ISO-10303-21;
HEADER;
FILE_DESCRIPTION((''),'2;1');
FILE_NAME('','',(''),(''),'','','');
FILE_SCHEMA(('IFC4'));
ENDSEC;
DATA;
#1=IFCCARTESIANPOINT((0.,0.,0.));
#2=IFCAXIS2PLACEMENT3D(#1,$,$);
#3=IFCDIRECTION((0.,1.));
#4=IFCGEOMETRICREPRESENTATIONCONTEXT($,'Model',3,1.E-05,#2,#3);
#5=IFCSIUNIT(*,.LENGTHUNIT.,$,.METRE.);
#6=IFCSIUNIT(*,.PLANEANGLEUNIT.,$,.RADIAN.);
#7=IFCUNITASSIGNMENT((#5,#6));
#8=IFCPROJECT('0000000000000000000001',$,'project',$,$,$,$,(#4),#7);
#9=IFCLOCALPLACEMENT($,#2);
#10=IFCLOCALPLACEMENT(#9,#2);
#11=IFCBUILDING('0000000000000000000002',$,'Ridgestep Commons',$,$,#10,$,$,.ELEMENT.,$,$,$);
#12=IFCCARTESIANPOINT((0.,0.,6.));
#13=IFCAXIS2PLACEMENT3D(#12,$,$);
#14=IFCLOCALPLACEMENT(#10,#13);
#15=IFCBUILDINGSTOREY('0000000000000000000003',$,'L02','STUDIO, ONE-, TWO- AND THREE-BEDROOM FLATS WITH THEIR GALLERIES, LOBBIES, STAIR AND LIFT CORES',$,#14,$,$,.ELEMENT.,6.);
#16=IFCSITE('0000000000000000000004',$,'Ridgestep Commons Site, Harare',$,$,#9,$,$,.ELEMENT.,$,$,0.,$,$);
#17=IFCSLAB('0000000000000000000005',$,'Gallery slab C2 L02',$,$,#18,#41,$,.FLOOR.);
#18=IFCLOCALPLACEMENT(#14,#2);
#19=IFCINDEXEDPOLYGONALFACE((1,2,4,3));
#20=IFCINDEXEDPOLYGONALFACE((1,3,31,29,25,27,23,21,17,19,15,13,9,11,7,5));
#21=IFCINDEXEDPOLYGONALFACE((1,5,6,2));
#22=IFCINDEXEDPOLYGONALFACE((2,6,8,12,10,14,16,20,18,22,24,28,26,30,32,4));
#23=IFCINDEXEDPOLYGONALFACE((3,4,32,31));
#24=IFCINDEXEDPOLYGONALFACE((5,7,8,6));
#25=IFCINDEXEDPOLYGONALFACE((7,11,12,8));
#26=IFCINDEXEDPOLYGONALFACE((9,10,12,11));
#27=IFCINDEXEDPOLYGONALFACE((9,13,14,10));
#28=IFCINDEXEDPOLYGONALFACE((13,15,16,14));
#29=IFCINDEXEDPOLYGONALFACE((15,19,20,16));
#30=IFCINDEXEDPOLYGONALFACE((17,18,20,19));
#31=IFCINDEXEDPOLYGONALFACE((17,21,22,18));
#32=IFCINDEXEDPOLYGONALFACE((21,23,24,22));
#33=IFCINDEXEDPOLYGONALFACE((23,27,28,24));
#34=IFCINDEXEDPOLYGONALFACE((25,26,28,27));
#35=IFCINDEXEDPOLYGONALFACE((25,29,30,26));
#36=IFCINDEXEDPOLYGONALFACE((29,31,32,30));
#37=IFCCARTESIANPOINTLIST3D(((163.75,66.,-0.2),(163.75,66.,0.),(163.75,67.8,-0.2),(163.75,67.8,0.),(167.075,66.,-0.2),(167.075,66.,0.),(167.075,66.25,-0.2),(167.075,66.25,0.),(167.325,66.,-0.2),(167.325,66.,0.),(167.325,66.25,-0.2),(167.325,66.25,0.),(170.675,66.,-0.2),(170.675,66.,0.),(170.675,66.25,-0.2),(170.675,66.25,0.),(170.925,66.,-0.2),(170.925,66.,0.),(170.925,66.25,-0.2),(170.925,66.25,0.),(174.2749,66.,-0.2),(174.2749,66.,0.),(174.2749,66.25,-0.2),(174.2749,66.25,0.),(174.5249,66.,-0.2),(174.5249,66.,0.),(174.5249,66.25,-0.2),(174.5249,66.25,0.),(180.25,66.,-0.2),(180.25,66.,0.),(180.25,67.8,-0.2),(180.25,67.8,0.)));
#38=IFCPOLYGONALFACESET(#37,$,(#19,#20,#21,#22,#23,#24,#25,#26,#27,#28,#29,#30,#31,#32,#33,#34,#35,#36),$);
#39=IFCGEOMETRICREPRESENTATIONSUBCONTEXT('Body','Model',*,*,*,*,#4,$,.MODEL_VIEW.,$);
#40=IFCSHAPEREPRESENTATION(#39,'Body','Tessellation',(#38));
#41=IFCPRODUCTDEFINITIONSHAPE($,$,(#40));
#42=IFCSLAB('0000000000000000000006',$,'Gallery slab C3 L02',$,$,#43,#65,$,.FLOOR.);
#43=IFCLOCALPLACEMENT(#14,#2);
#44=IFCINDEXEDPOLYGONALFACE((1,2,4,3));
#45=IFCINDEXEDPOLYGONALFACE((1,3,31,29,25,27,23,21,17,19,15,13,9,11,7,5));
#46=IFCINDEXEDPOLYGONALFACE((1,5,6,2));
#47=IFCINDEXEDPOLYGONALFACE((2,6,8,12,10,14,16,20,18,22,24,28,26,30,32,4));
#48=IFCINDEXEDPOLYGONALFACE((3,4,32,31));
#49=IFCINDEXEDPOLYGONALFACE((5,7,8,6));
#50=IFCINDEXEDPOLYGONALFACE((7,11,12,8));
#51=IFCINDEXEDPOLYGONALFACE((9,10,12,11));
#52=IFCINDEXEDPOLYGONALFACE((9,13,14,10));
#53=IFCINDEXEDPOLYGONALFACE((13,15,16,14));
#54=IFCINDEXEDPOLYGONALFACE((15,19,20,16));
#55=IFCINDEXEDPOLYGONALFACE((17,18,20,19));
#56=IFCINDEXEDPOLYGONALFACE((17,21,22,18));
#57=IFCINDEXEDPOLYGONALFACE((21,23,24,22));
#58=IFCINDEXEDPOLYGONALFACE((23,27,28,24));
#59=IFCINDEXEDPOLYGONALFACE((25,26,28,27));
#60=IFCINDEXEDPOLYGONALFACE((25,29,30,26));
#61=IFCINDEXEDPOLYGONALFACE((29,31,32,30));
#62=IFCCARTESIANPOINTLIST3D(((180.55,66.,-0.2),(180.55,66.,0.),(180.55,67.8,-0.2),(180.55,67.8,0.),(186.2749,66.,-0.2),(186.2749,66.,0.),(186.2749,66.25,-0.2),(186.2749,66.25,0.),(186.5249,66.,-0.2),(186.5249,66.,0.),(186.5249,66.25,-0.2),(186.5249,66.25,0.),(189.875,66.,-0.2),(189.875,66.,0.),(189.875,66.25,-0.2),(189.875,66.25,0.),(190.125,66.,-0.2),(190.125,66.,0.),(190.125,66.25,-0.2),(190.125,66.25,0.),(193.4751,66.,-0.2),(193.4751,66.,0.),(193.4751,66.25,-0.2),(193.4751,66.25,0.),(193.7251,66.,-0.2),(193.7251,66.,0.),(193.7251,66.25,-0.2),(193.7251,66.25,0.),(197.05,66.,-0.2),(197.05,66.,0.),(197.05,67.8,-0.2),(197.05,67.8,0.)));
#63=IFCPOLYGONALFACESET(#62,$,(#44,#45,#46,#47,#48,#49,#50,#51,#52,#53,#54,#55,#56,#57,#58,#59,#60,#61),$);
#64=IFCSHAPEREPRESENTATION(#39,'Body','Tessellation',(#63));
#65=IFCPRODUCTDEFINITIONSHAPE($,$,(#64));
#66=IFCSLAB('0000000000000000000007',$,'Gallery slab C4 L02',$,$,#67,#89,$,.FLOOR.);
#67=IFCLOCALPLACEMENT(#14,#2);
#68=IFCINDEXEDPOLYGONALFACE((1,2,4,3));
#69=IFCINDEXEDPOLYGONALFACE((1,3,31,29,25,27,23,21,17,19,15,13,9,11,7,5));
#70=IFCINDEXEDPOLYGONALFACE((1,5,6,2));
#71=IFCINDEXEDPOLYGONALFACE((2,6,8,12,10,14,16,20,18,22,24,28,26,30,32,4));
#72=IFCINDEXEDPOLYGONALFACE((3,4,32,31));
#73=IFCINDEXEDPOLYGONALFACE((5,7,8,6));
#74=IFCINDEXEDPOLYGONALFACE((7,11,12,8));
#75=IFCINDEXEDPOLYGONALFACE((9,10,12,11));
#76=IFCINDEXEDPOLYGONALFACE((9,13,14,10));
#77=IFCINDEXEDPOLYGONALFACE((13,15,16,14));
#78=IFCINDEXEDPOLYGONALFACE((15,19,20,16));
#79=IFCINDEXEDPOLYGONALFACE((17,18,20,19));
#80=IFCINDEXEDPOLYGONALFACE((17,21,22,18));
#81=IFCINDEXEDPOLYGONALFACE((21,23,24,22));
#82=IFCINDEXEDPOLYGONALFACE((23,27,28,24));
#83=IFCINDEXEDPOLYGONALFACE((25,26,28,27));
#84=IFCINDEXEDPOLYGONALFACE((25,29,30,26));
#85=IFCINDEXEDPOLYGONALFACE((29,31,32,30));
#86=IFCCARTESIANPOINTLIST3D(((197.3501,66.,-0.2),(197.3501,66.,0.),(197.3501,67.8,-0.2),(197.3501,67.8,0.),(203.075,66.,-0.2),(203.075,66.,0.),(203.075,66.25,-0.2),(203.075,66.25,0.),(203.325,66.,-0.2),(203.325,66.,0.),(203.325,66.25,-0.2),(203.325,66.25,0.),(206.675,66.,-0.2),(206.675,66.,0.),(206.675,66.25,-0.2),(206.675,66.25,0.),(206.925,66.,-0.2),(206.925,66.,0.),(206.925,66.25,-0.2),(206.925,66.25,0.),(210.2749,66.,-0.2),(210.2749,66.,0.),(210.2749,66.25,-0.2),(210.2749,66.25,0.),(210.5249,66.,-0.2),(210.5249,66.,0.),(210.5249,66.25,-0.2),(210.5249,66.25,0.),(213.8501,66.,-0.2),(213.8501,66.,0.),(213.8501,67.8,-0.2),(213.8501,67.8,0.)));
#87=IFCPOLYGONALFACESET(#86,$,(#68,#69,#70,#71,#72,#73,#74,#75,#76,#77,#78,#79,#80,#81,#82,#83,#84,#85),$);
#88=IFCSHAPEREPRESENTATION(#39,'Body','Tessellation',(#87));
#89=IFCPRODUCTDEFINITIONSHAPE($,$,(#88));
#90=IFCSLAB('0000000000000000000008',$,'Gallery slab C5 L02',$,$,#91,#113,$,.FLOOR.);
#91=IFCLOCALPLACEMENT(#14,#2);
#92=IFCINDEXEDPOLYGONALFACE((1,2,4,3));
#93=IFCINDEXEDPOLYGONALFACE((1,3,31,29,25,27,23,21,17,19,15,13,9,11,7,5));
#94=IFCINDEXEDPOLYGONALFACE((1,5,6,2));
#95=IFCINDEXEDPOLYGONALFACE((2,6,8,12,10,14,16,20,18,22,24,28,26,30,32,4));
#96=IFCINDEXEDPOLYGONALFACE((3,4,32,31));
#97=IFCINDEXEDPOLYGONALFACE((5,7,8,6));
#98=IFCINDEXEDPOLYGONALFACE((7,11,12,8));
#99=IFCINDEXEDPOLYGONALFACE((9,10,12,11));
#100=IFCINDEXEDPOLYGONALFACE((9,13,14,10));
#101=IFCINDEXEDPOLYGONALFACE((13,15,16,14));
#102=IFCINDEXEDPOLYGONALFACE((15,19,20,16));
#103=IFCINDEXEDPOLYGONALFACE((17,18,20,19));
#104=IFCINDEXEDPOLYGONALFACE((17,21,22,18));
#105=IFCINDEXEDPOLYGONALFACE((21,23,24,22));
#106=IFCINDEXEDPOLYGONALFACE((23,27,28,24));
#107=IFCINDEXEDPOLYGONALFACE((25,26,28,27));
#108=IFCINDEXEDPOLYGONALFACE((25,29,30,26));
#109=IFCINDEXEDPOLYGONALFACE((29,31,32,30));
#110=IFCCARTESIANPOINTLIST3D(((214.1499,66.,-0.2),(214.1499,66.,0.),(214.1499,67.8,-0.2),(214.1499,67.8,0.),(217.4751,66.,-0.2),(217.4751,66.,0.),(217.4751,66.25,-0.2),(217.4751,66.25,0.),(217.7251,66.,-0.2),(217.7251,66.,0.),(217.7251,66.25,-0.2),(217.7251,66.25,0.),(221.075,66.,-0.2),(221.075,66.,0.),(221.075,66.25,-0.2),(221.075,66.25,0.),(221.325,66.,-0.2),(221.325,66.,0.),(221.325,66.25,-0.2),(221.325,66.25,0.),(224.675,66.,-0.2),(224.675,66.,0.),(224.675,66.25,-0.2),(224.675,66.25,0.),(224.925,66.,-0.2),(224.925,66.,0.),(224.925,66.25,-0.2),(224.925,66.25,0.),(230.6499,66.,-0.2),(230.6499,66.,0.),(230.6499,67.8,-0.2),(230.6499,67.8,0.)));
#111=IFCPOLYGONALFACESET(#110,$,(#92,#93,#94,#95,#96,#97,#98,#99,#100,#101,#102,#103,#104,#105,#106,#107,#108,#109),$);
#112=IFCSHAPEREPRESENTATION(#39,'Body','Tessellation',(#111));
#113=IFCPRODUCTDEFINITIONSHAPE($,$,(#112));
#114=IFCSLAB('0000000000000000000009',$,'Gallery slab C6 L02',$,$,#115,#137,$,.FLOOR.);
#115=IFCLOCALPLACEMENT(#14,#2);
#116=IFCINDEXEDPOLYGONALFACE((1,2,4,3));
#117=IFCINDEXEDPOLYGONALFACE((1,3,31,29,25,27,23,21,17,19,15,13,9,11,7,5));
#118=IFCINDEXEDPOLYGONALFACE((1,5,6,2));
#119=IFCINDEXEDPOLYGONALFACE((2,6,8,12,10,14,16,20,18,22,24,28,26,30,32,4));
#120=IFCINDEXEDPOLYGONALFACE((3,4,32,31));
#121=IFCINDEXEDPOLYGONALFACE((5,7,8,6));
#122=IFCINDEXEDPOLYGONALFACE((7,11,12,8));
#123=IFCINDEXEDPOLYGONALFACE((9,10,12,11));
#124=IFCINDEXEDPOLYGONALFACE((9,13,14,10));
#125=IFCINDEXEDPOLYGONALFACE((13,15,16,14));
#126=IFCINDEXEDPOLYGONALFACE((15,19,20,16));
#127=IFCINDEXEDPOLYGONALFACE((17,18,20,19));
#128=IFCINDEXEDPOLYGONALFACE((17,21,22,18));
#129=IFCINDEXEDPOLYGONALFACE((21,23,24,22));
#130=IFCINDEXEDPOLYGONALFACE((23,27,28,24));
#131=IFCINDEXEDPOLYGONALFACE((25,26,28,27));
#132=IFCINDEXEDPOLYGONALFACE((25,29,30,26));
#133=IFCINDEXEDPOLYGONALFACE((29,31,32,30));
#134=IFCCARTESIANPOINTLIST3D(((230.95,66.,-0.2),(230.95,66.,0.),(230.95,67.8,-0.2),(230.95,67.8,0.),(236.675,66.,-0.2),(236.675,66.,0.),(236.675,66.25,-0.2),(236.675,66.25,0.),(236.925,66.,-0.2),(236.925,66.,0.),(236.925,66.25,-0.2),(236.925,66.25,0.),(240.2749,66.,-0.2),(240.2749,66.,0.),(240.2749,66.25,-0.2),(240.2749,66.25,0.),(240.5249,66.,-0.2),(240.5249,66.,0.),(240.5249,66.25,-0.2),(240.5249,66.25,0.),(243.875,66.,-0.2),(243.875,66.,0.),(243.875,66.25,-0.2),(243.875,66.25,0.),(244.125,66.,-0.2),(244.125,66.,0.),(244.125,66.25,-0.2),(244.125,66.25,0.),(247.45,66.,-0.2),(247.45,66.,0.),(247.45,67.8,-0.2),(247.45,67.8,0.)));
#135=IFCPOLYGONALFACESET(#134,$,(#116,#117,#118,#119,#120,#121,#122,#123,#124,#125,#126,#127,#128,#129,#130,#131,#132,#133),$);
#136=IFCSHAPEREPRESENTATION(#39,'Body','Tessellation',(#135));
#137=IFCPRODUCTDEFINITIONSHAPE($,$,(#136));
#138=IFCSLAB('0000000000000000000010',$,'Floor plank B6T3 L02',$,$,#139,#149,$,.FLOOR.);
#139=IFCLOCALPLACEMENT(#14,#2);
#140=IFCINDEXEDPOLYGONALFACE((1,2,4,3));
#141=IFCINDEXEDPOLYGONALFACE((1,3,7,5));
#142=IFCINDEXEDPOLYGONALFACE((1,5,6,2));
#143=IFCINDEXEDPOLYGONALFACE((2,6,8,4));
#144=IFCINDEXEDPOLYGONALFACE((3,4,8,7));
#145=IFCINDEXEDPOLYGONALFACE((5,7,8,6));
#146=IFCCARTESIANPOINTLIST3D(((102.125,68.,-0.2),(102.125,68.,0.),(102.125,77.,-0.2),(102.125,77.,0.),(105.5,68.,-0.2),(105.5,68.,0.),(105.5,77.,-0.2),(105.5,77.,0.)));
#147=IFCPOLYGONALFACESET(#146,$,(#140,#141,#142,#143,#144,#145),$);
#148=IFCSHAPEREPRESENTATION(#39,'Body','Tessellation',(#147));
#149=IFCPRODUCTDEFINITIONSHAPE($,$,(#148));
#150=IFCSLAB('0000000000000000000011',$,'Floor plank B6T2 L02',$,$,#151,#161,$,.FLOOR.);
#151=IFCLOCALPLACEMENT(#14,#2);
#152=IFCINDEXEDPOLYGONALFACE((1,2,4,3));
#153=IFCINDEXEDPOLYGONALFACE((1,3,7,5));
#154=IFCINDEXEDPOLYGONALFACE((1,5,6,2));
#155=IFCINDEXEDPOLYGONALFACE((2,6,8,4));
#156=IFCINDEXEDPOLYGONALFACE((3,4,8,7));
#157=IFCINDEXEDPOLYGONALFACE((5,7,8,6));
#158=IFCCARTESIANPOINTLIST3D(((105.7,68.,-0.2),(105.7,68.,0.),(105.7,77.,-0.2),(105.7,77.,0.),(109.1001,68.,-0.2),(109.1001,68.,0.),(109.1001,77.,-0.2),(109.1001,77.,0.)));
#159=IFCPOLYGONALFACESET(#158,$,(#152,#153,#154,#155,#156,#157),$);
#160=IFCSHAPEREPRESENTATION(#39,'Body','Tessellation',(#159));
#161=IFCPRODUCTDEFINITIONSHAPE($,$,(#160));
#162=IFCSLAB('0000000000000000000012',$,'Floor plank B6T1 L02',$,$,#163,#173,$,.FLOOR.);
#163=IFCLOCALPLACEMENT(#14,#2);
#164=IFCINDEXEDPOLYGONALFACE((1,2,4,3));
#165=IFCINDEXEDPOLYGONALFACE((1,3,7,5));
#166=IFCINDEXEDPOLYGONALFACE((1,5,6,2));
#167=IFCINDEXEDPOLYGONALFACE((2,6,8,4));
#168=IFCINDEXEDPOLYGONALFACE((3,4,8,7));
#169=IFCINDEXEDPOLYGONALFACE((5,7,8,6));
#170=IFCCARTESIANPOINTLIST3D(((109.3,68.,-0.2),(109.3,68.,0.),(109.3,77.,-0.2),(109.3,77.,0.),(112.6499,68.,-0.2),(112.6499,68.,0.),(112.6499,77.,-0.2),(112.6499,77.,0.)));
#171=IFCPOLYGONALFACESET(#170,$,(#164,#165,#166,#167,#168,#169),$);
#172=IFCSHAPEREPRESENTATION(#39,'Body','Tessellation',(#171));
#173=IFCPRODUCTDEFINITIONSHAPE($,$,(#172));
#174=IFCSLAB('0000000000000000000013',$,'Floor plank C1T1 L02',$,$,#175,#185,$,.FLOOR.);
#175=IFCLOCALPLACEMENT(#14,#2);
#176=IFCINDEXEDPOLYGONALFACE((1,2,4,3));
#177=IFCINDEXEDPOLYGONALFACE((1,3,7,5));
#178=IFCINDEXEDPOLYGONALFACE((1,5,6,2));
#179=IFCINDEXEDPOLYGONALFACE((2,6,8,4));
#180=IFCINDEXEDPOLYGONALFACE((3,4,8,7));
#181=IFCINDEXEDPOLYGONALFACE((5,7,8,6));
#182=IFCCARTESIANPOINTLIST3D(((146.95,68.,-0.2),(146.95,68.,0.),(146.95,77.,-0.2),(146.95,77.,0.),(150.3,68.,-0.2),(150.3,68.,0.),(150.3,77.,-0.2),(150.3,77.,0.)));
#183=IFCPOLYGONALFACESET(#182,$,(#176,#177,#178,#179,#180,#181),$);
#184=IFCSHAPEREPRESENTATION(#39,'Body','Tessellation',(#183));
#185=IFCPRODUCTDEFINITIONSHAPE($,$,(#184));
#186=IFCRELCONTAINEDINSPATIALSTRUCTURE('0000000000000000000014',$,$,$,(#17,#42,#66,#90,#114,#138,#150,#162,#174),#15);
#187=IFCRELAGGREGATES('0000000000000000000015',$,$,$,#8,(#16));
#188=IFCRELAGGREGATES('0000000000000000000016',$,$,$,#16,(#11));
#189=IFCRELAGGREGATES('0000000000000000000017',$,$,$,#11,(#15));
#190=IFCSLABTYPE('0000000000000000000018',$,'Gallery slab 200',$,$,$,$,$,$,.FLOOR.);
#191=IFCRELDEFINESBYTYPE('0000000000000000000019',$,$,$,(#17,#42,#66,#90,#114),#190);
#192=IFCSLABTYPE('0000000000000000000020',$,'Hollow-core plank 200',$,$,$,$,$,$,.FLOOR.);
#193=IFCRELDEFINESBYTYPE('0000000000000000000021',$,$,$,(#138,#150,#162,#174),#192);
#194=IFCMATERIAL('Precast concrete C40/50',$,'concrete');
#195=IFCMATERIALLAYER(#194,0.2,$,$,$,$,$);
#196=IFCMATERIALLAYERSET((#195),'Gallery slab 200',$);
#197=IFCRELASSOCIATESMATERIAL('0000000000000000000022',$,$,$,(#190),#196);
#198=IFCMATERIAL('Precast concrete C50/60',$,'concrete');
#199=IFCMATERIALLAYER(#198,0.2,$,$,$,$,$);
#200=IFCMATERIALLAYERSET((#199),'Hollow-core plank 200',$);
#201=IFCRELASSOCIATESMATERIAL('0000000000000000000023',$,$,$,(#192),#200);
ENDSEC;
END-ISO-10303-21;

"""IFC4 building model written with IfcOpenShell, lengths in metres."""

from ifc_helpers import new_model, si_unit, direction, frame, origin, place, context, subcontext, project, spatial, polyline, outline, extrude, material, layer, layer_set, type_object, element, save


model = new_model("IFC4")

# Units and contexts
model_context = context("Model", 3, precision=1e-05, world=origin(), true_north=direction((0.0, 1.0)))
body_context = subcontext(model_context, "Body", "Model", "MODEL_VIEW")
ifc_project = project(units=[si_unit("LENGTHUNIT", "METRE"), si_unit("PLANEANGLEUNIT", "RADIAN")], contexts=[model_context])

# Site, building, storey
site_placement = place(None, origin())
site = spatial("IfcSite", under=ifc_project, at=site_placement, Name="Ridgestep Commons Site, Harare", CompositionType="ELEMENT", RefElevation=0.0)
building_placement = place(site_placement, origin())
building = spatial("IfcBuilding", under=site, at=building_placement, Name="Ridgestep Commons", CompositionType="ELEMENT")
storey_placement = place(building_placement, frame((0.0, 0.0, 6.0)))
storey = spatial("IfcBuildingStorey", under=building, at=storey_placement, Name="L02", Description="STUDIO, ONE-, TWO- AND THREE-BEDROOM FLATS WITH THEIR GALLERIES, LOBBIES, STAIR AND LIFT CORES", CompositionType="ELEMENT", Elevation=6.0)

# Slabs
ifc_material_1 = material(Name="Precast concrete C40/50", Category="concrete")
ifc_layer_1 = layer(ifc_material_1, 0.2)
ifc_layer_set_1 = layer_set([ifc_layer_1], Name="Gallery slab 200")
slab_type_1 = type_object("IfcSlabType", Name="Gallery slab 200", PredefinedType="FLOOR", material=ifc_layer_set_1)
slab_1_placement = place(storey_placement, frame((0.0, 0.0, -0.2)))
element("IfcSlab", 1, at=slab_1_placement, inside=storey, type_object=slab_type_1, Name="Gallery slab C2 L02", PredefinedType="FLOOR", context=body_context, shape_type="SweptSolid", body=[
    extrude(outline(polyline([(180.25, 67.8), (163.75, 67.8), (163.75, 66.0), (167.075, 66.0), (167.075, 66.25), (167.325, 66.25), (167.325, 66.0), (170.675, 66.0), (170.675, 66.25), (170.925, 66.25), (170.925, 66.0), (174.2749, 66.0), (174.2749, 66.25), (174.5249, 66.25), (174.5249, 66.0), (180.25, 66.0), (180.25, 67.8)])), origin(), (0.0, 0.0, 1.0), 0.2),
])
slab_2_placement = place(storey_placement, frame((0.0, 0.0, -0.2)))
element("IfcSlab", 2, at=slab_2_placement, inside=storey, type_object=slab_type_1, Name="Gallery slab C3 L02", PredefinedType="FLOOR", context=body_context, shape_type="SweptSolid", body=[
    extrude(outline(polyline([(197.05, 67.8), (180.55, 67.8), (180.55, 66.0), (186.2749, 66.0), (186.2749, 66.25), (186.5249, 66.25), (186.5249, 66.0), (189.875, 66.0), (189.875, 66.25), (190.125, 66.25), (190.125, 66.0), (193.4751, 66.0), (193.4751, 66.25), (193.7251, 66.25), (193.7251, 66.0), (197.05, 66.0), (197.05, 67.8)])), origin(), (0.0, 0.0, 1.0), 0.2),
])
slab_3_placement = place(storey_placement, frame((0.0, 0.0, -0.2)))
element("IfcSlab", 3, at=slab_3_placement, inside=storey, type_object=slab_type_1, Name="Gallery slab C4 L02", PredefinedType="FLOOR", context=body_context, shape_type="SweptSolid", body=[
    extrude(outline(polyline([(213.8501, 67.8), (197.3501, 67.8), (197.3501, 66.0), (203.075, 66.0), (203.075, 66.25), (203.325, 66.25), (203.325, 66.0), (206.675, 66.0), (206.675, 66.25), (206.925, 66.25), (206.925, 66.0), (210.2749, 66.0), (210.2749, 66.25), (210.5249, 66.25), (210.5249, 66.0), (213.8501, 66.0), (213.8501, 67.8)])), origin(), (0.0, 0.0, 1.0), 0.2),
])
slab_4_placement = place(storey_placement, frame((0.0, 0.0, -0.2)))
element("IfcSlab", 4, at=slab_4_placement, inside=storey, type_object=slab_type_1, Name="Gallery slab C5 L02", PredefinedType="FLOOR", context=body_context, shape_type="SweptSolid", body=[
    extrude(outline(polyline([(230.6499, 67.8), (214.1499, 67.8), (214.1499, 66.0), (217.4751, 66.0), (217.4751, 66.25), (217.7251, 66.25), (217.7251, 66.0), (221.075, 66.0), (221.075, 66.25), (221.325, 66.25), (221.325, 66.0), (224.675, 66.0), (224.675, 66.25), (224.925, 66.25), (224.925, 66.0), (230.6499, 66.0), (230.6499, 67.8)])), origin(), (0.0, 0.0, 1.0), 0.2),
])
slab_5_placement = place(storey_placement, frame((0.0, 0.0, -0.2)))
element("IfcSlab", 5, at=slab_5_placement, inside=storey, type_object=slab_type_1, Name="Gallery slab C6 L02", PredefinedType="FLOOR", context=body_context, shape_type="SweptSolid", body=[
    extrude(outline(polyline([(247.45, 67.8), (230.95, 67.8), (230.95, 66.0), (236.675, 66.0), (236.675, 66.25), (236.925, 66.25), (236.925, 66.0), (240.2749, 66.0), (240.2749, 66.25), (240.5249, 66.25), (240.5249, 66.0), (243.875, 66.0), (243.875, 66.25), (244.125, 66.25), (244.125, 66.0), (247.45, 66.0), (247.45, 67.8)])), origin(), (0.0, 0.0, 1.0), 0.2),
])
ifc_material_2 = material(Name="Precast concrete C50/60", Category="concrete")
ifc_layer_2 = layer(ifc_material_2, 0.2)
ifc_layer_set_2 = layer_set([ifc_layer_2], Name="Hollow-core plank 200")
slab_type_2 = type_object("IfcSlabType", Name="Hollow-core plank 200", PredefinedType="FLOOR", material=ifc_layer_set_2)
slab_6_placement = place(storey_placement, frame((0.0, 0.0, -0.2)))
element("IfcSlab", 6, at=slab_6_placement, inside=storey, type_object=slab_type_2, Name="Floor plank B6T3 L02", PredefinedType="FLOOR", context=body_context, shape_type="SweptSolid", body=[
    extrude(outline(polyline([(105.5, 68.0), (105.5, 77.0), (102.125, 77.0), (102.125, 68.0), (105.5, 68.0)])), origin(), (0.0, 0.0, 1.0), 0.2),
])
slab_7_placement = place(storey_placement, frame((0.0, 0.0, -0.2)))
element("IfcSlab", 7, at=slab_7_placement, inside=storey, type_object=slab_type_2, Name="Floor plank B6T2 L02", PredefinedType="FLOOR", context=body_context, shape_type="SweptSolid", body=[
    extrude(outline(polyline([(109.1001, 68.0), (109.1001, 77.0), (105.7, 77.0), (105.7, 68.0), (109.1001, 68.0)])), origin(), (0.0, 0.0, 1.0), 0.2),
])
slab_8_placement = place(storey_placement, frame((0.0, 0.0, -0.2)))
element("IfcSlab", 8, at=slab_8_placement, inside=storey, type_object=slab_type_2, Name="Floor plank B6T1 L02", PredefinedType="FLOOR", context=body_context, shape_type="SweptSolid", body=[
    extrude(outline(polyline([(112.6499, 68.0), (112.6499, 77.0), (109.3, 77.0), (109.3, 68.0), (112.6499, 68.0)])), origin(), (0.0, 0.0, 1.0), 0.2),
])
slab_9_placement = place(storey_placement, frame((0.0, 0.0, -0.2)))
element("IfcSlab", 9, at=slab_9_placement, inside=storey, type_object=slab_type_2, Name="Floor plank C1T1 L02", PredefinedType="FLOOR", context=body_context, shape_type="SweptSolid", body=[
    extrude(outline(polyline([(150.3, 68.0), (150.3, 77.0), (146.95, 77.0), (146.95, 68.0), (150.3, 68.0)])), origin(), (0.0, 0.0, 1.0), 0.2),
])

save(model, "model.ifc")
